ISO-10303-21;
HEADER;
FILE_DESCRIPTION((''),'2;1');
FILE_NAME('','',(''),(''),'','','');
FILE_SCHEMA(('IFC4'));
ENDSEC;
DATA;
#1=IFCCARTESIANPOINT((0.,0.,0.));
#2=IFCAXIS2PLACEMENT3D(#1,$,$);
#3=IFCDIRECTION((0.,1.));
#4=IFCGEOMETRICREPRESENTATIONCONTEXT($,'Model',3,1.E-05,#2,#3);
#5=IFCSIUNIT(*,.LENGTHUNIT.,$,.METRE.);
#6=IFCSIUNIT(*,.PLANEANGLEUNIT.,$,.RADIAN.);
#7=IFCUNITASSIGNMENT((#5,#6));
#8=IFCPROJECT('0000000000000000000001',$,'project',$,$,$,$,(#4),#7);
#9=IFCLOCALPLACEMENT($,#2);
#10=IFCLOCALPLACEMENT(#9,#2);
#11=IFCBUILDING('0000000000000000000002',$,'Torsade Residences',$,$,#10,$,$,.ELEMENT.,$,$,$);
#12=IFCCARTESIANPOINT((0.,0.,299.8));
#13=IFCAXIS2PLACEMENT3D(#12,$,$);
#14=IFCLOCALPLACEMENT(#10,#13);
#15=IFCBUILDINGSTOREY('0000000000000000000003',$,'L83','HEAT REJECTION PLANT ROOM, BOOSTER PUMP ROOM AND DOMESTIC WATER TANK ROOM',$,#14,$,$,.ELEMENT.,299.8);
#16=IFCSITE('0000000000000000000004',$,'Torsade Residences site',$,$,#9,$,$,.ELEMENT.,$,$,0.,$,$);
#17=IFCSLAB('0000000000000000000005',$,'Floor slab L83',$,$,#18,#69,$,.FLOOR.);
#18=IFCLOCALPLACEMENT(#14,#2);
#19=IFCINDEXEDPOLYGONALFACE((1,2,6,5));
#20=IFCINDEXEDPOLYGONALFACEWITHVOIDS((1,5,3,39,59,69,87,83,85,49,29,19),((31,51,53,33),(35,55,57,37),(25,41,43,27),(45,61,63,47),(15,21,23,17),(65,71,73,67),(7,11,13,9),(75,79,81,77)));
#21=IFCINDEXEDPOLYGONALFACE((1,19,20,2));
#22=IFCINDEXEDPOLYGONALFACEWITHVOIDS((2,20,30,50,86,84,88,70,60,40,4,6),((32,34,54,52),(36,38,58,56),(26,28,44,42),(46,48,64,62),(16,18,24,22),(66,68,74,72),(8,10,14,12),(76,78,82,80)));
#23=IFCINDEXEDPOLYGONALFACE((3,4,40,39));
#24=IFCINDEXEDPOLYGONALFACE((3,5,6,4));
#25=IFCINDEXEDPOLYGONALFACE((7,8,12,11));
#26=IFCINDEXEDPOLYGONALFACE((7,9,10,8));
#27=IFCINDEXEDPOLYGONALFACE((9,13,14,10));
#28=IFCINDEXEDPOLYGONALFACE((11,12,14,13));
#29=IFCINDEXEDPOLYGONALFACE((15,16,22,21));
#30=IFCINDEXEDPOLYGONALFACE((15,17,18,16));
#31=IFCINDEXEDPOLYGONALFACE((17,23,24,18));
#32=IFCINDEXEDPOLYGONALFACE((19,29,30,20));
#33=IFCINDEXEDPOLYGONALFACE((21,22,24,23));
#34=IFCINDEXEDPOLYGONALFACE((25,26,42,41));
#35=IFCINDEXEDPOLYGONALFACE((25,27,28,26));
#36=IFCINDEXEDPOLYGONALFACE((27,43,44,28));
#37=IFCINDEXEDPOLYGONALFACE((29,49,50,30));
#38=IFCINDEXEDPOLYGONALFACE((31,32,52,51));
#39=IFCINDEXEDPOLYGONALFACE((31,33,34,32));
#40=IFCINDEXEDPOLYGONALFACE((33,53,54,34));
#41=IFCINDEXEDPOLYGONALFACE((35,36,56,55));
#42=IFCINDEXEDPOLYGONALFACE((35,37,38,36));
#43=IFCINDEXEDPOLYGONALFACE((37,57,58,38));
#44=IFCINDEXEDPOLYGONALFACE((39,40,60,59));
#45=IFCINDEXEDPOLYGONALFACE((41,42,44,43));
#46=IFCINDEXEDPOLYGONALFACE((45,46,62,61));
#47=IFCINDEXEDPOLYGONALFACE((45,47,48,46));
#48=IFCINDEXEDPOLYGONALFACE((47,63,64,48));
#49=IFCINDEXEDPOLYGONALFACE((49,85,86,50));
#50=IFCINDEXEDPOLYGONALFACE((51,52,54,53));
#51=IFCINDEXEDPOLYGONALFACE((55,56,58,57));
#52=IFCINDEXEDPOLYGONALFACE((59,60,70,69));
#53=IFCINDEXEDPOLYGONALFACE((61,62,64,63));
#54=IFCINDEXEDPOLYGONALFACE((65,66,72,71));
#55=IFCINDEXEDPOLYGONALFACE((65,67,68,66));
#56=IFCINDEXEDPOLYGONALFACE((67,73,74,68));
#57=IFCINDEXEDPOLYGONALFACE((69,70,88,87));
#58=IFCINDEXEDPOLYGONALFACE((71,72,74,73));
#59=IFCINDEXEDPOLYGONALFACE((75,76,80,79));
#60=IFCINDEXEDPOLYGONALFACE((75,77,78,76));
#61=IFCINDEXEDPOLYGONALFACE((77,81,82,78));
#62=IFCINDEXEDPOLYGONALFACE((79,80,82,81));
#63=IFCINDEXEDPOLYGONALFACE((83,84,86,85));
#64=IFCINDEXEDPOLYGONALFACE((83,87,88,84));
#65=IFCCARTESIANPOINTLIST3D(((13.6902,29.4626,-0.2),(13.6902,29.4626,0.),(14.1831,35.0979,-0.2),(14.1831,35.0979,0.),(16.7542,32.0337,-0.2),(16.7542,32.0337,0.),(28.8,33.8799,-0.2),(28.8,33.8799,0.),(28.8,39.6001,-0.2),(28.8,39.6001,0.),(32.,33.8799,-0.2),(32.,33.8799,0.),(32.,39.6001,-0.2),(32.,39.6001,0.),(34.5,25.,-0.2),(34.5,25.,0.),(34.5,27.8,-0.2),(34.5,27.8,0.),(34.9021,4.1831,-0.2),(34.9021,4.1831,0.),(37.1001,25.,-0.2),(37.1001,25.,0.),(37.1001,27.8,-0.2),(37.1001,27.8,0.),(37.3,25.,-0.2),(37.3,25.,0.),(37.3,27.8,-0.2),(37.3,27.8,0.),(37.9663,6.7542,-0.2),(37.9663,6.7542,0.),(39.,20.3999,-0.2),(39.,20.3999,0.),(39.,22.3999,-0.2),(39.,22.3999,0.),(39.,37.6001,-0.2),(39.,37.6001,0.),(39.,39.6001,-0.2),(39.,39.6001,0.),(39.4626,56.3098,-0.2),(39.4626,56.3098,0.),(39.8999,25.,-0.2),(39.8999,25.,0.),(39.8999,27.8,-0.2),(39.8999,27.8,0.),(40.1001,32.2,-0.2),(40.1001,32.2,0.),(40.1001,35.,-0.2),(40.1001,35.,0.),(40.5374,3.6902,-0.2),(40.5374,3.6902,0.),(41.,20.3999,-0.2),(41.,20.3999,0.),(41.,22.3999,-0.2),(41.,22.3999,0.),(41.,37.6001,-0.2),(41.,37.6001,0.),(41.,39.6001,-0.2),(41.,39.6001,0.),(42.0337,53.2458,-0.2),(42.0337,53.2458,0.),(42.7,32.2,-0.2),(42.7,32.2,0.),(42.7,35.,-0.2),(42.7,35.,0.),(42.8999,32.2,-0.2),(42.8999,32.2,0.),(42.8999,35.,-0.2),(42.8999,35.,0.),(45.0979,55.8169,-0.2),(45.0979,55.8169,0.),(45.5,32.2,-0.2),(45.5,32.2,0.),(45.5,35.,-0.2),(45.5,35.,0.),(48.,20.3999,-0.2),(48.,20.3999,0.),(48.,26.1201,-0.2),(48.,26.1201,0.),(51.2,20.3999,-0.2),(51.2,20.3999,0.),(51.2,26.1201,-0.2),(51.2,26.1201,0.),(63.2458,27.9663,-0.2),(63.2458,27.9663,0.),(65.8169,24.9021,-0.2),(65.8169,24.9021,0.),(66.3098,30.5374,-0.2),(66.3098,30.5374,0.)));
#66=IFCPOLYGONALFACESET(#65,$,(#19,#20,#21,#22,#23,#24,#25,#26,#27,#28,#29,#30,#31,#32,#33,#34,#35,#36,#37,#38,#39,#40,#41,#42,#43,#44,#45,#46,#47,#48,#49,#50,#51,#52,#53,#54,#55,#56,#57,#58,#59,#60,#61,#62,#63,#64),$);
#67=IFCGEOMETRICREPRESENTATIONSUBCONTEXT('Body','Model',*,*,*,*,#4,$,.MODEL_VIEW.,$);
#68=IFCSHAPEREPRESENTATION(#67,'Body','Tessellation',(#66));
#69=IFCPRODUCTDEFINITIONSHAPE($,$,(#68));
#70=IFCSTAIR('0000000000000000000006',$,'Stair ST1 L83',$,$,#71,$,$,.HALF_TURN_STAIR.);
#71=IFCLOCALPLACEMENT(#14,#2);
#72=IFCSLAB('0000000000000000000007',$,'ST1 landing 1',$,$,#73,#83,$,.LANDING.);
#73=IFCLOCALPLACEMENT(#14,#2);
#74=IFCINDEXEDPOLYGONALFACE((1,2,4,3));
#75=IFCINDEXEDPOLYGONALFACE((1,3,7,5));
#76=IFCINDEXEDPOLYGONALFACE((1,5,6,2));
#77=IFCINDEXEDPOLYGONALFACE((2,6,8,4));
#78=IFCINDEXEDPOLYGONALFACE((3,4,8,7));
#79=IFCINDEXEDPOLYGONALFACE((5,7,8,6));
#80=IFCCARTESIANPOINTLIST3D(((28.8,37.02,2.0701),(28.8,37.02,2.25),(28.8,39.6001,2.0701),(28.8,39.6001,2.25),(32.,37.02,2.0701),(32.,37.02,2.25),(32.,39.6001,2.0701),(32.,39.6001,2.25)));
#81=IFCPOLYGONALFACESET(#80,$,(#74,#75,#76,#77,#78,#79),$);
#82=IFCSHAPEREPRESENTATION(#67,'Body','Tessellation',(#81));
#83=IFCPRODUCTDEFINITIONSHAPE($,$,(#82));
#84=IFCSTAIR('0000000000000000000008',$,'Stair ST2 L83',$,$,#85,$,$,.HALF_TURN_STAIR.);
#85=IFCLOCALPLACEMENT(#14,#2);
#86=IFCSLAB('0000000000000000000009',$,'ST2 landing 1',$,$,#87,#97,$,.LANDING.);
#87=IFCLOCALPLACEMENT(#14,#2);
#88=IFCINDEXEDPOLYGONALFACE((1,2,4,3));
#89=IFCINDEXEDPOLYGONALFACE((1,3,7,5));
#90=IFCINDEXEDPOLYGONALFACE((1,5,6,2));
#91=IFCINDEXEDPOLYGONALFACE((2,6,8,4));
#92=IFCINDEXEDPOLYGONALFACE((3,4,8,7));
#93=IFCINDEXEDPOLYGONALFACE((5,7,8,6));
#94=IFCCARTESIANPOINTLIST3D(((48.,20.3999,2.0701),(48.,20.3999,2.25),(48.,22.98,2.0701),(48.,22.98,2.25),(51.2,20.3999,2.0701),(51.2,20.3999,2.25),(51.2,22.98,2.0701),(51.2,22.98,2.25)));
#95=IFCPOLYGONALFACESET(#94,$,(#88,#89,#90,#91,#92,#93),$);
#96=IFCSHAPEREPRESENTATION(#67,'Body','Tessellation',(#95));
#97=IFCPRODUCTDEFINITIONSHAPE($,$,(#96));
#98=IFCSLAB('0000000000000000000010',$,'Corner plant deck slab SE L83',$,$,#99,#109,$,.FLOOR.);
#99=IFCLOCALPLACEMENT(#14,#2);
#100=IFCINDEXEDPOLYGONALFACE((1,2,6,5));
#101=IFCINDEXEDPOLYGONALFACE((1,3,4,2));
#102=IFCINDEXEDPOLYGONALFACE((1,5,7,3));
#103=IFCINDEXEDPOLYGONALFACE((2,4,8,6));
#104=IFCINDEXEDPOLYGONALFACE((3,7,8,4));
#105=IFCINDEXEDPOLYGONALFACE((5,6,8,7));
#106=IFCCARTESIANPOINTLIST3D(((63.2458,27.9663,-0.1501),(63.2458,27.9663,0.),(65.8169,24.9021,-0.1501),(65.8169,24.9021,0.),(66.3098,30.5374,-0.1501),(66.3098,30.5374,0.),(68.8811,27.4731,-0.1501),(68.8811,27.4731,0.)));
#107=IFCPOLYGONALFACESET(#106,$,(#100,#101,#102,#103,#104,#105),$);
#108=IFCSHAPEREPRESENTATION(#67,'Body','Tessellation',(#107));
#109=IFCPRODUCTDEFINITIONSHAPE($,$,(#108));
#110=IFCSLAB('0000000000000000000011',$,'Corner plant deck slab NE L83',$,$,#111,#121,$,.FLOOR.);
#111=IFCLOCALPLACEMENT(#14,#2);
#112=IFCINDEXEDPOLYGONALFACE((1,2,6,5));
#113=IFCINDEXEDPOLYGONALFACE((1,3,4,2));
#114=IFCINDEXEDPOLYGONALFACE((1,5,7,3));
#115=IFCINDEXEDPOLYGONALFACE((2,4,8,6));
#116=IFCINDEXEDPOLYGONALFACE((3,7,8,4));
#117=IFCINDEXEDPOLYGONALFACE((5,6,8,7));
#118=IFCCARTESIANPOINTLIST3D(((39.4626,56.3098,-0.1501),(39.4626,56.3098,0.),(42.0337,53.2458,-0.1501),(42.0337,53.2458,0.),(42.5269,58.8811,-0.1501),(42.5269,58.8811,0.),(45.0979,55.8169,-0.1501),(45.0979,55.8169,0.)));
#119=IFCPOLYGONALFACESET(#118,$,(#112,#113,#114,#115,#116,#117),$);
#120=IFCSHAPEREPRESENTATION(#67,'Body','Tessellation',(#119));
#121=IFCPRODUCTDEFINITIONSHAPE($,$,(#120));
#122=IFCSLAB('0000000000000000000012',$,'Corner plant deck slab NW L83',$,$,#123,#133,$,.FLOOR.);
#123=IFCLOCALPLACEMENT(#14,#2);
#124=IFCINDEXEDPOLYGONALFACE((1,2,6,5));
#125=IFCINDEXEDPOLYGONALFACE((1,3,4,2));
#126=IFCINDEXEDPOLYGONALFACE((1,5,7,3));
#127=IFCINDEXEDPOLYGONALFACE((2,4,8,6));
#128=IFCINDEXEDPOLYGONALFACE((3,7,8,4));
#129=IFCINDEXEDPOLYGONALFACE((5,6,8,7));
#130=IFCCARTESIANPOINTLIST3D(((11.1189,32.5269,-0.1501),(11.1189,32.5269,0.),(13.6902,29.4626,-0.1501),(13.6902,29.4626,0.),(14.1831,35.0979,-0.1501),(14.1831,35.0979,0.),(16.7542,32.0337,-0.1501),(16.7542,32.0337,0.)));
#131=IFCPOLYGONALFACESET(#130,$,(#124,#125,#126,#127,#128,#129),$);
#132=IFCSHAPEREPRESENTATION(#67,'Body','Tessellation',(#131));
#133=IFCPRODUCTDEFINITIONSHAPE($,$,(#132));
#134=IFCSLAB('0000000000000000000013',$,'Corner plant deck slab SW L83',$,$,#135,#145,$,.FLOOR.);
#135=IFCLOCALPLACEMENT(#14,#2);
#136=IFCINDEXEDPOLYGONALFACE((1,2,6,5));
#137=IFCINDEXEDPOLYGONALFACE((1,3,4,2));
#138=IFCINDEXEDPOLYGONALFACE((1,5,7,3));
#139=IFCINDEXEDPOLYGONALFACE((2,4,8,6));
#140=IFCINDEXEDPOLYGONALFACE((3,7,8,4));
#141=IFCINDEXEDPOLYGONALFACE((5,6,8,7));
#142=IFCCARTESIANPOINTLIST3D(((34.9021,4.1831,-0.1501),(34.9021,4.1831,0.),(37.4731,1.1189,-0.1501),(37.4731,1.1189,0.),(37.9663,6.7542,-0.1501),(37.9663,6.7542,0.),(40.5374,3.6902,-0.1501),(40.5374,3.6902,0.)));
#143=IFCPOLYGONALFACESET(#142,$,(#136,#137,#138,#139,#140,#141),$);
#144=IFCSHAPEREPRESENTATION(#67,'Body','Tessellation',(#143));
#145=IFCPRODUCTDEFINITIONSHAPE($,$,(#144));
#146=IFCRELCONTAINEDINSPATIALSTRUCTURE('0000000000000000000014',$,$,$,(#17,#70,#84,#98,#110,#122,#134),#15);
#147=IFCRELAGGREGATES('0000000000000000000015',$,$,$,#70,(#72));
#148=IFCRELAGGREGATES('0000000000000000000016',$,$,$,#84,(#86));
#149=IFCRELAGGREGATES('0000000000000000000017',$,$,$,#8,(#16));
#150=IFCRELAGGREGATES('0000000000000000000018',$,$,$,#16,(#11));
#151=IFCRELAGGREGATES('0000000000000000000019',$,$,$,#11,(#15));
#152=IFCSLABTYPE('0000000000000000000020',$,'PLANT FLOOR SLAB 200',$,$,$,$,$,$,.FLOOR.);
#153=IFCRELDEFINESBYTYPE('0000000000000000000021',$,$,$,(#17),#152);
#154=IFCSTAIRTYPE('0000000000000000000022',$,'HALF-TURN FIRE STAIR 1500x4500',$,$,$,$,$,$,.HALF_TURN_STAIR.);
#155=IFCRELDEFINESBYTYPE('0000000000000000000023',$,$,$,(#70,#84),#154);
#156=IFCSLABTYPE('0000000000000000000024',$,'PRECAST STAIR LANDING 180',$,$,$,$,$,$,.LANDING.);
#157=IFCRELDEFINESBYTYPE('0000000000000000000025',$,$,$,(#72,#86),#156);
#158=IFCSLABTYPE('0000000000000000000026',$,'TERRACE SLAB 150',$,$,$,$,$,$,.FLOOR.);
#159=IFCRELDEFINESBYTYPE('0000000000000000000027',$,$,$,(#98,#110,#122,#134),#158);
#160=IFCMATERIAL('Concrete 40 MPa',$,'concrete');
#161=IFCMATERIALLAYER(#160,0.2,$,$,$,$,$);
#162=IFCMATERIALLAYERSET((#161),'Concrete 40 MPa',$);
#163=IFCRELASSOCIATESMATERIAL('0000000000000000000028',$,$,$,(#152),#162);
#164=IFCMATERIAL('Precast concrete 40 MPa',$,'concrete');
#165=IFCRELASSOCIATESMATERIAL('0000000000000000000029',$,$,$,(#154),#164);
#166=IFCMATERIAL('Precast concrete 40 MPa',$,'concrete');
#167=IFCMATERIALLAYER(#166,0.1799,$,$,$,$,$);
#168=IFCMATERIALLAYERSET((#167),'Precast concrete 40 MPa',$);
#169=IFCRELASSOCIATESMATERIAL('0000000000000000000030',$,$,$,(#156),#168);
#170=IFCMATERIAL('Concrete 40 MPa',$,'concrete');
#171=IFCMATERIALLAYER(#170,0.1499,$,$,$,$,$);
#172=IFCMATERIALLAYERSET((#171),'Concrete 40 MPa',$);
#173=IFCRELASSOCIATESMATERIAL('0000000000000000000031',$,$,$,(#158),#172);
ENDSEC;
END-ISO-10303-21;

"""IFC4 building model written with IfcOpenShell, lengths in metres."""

from ifc_helpers import new_model, si_unit, direction, frame, origin, place, context, subcontext, project, spatial, polyline, outline, extrude, material, layer, layer_set, type_object, element, aggregate, save


model = new_model("IFC4")

# Units and contexts
model_context = context("Model", 3, precision=1e-05, world=origin(), true_north=direction((0.0, 1.0)))
body_context = subcontext(model_context, "Body", "Model", "MODEL_VIEW")
ifc_project = project(units=[si_unit("LENGTHUNIT", "METRE"), si_unit("PLANEANGLEUNIT", "RADIAN")], contexts=[model_context])

# Site, building, storey
site_placement = place(None, origin())
site = spatial("IfcSite", under=ifc_project, at=site_placement, Name="Torsade Residences site", CompositionType="ELEMENT", RefElevation=0.0)
building_placement = place(site_placement, origin())
building = spatial("IfcBuilding", under=site, at=building_placement, Name="Torsade Residences", CompositionType="ELEMENT")
storey_placement = place(building_placement, frame((0.0, 0.0, 299.8)))
storey = spatial("IfcBuildingStorey", under=building, at=storey_placement, Name="L83", Description="HEAT REJECTION PLANT ROOM, BOOSTER PUMP ROOM AND DOMESTIC WATER TANK ROOM", CompositionType="ELEMENT", Elevation=299.8)

# Slab
ifc_material_1 = material(Name="Concrete 40 MPa", Category="concrete")
ifc_layer_1 = layer(ifc_material_1, 0.2)
ifc_layer_set_1 = layer_set([ifc_layer_1], Name="Concrete 40 MPa")
slab_type_1 = type_object("IfcSlabType", Name="PLANT FLOOR SLAB 200", PredefinedType="FLOOR", material=ifc_layer_set_1)
slab_1_placement = place(storey_placement, frame((0.0, 0.0, -0.2)))
element("IfcSlab", 1, at=slab_1_placement, inside=storey, type_object=slab_type_1, Name="Floor slab L83", PredefinedType="FLOOR", context=body_context, shape_type="SweptSolid", body=[
    extrude(outline(polyline([(40.5374, 3.6902), (65.8169, 24.9021), (63.2458, 27.9663), (66.3098, 30.5374), (45.0979, 55.8169), (42.0337, 53.2458), (39.4626, 56.3098), (14.1831, 35.0979), (16.7542, 32.0337), (13.6902, 29.4626), (34.9021, 4.1831), (37.9663, 6.7542), (40.5374, 3.6902)]), holes=[polyline([(51.2, 26.1201), (48.0, 26.1201), (48.0, 20.3999), (51.2, 20.3999), (51.2, 26.1201)]), polyline([(45.5, 35.0), (42.8999, 35.0), (42.8999, 32.2), (45.5, 32.2), (45.5, 35.0)]), polyline([(42.7, 35.0), (40.1001, 35.0), (40.1001, 32.2), (42.7, 32.2), (42.7, 35.0)]), polyline([(41.0, 22.3999), (39.0, 22.3999), (39.0, 20.3999), (41.0, 20.3999), (41.0, 22.3999)]), polyline([(41.0, 39.6001), (39.0, 39.6001), (39.0, 37.6001), (41.0, 37.6001), (41.0, 39.6001)]), polyline([(39.8999, 27.8), (37.3, 27.8), (37.3, 25.0), (39.8999, 25.0), (39.8999, 27.8)]), polyline([(37.1001, 27.8), (34.5, 27.8), (34.5, 25.0), (37.1001, 25.0), (37.1001, 27.8)]), polyline([(32.0, 39.6001), (28.8, 39.6001), (28.8, 33.8799), (32.0, 33.8799), (32.0, 39.6001)])]), origin(), (0.0, 0.0, 1.0), 0.2),
])

# Stairs, slabs
ifc_material_2 = material(Name="Precast concrete 40 MPa", Category="concrete")
stair_type = type_object("IfcStairType", Name="HALF-TURN FIRE STAIR 1500x4500", PredefinedType="HALF_TURN_STAIR", material=ifc_material_2)
stair_1_placement = place(storey_placement, origin())
stair_1 = element("IfcStair", 2, at=stair_1_placement, inside=storey, type_object=stair_type, Name="Stair ST1 L83", PredefinedType="HALF_TURN_STAIR")
ifc_material_3 = material(Name="Precast concrete 40 MPa", Category="concrete")
ifc_layer_2 = layer(ifc_material_3, 0.1799)
ifc_layer_set_2 = layer_set([ifc_layer_2], Name="Precast concrete 40 MPa")
slab_type_2 = type_object("IfcSlabType", Name="PRECAST STAIR LANDING 180", PredefinedType="LANDING", material=ifc_layer_set_2)
slab_2_placement = place(storey_placement, frame((0.0, 0.0, 2.0701)))
slab_2 = element("IfcSlab", 3, at=slab_2_placement, type_object=slab_type_2, Name="ST1 landing 1", PredefinedType="LANDING", context=body_context, shape_type="SweptSolid", body=[
    extrude(outline(polyline([(28.8, 37.02), (32.0, 37.02), (32.0, 39.6001), (28.8, 39.6001), (28.8, 37.02)])), origin(), (0.0, 0.0, 1.0), 0.1799),
])
aggregate(stair_1, [slab_2])
stair_2_placement = place(storey_placement, origin())
stair_2 = element("IfcStair", 4, at=stair_2_placement, inside=storey, type_object=stair_type, Name="Stair ST2 L83", PredefinedType="HALF_TURN_STAIR")
slab_3_placement = place(storey_placement, frame((0.0, 0.0, 2.0701)))
slab_3 = element("IfcSlab", 5, at=slab_3_placement, type_object=slab_type_2, Name="ST2 landing 1", PredefinedType="LANDING", context=body_context, shape_type="SweptSolid", body=[
    extrude(outline(polyline([(48.0, 20.3999), (51.2, 20.3999), (51.2, 22.98), (48.0, 22.98), (48.0, 20.3999)])), origin(), (0.0, 0.0, 1.0), 0.1799),
])
aggregate(stair_2, [slab_3])

# Slabs
ifc_material_4 = material(Name="Concrete 40 MPa", Category="concrete")
ifc_layer_3 = layer(ifc_material_4, 0.1499)
ifc_layer_set_3 = layer_set([ifc_layer_3], Name="Concrete 40 MPa")
slab_type_3 = type_object("IfcSlabType", Name="TERRACE SLAB 150", PredefinedType="FLOOR", material=ifc_layer_set_3)
slab_4_placement = place(storey_placement, frame((0.0, 0.0, -0.1501)))
element("IfcSlab", 6, at=slab_4_placement, inside=storey, type_object=slab_type_3, Name="Corner plant deck slab SE L83", PredefinedType="FLOOR", context=body_context, shape_type="SweptSolid", body=[
    extrude(outline(polyline([(65.8169, 24.9021), (68.8811, 27.4731), (66.3098, 30.5374), (63.2458, 27.9663), (65.8169, 24.9021)])), origin(), (0.0, 0.0, 1.0), 0.1501),
])
slab_5_placement = place(storey_placement, frame((0.0, 0.0, -0.1501)))
element("IfcSlab", 7, at=slab_5_placement, inside=storey, type_object=slab_type_3, Name="Corner plant deck slab NE L83", PredefinedType="FLOOR", context=body_context, shape_type="SweptSolid", body=[
    extrude(outline(polyline([(42.0337, 53.2458), (45.0979, 55.8169), (42.5269, 58.8811), (39.4626, 56.3098), (42.0337, 53.2458)])), origin(), (0.0, 0.0, 1.0), 0.1501),
])
slab_6_placement = place(storey_placement, frame((0.0, 0.0, -0.1501)))
element("IfcSlab", 8, at=slab_6_placement, inside=storey, type_object=slab_type_3, Name="Corner plant deck slab NW L83", PredefinedType="FLOOR", context=body_context, shape_type="SweptSolid", body=[
    extrude(outline(polyline([(13.6902, 29.4626), (16.7542, 32.0337), (14.1831, 35.0979), (11.1189, 32.5269), (13.6902, 29.4626)])), origin(), (0.0, 0.0, 1.0), 0.1501),
])
slab_7_placement = place(storey_placement, frame((0.0, 0.0, -0.1501)))
element("IfcSlab", 9, at=slab_7_placement, inside=storey, type_object=slab_type_3, Name="Corner plant deck slab SW L83", PredefinedType="FLOOR", context=body_context, shape_type="SweptSolid", body=[
    extrude(outline(polyline([(37.4731, 1.1189), (40.5374, 3.6902), (37.9663, 6.7542), (34.9021, 4.1831), (37.4731, 1.1189)])), origin(), (0.0, 0.0, 1.0), 0.1501),
])

save(model, "model.ifc")
